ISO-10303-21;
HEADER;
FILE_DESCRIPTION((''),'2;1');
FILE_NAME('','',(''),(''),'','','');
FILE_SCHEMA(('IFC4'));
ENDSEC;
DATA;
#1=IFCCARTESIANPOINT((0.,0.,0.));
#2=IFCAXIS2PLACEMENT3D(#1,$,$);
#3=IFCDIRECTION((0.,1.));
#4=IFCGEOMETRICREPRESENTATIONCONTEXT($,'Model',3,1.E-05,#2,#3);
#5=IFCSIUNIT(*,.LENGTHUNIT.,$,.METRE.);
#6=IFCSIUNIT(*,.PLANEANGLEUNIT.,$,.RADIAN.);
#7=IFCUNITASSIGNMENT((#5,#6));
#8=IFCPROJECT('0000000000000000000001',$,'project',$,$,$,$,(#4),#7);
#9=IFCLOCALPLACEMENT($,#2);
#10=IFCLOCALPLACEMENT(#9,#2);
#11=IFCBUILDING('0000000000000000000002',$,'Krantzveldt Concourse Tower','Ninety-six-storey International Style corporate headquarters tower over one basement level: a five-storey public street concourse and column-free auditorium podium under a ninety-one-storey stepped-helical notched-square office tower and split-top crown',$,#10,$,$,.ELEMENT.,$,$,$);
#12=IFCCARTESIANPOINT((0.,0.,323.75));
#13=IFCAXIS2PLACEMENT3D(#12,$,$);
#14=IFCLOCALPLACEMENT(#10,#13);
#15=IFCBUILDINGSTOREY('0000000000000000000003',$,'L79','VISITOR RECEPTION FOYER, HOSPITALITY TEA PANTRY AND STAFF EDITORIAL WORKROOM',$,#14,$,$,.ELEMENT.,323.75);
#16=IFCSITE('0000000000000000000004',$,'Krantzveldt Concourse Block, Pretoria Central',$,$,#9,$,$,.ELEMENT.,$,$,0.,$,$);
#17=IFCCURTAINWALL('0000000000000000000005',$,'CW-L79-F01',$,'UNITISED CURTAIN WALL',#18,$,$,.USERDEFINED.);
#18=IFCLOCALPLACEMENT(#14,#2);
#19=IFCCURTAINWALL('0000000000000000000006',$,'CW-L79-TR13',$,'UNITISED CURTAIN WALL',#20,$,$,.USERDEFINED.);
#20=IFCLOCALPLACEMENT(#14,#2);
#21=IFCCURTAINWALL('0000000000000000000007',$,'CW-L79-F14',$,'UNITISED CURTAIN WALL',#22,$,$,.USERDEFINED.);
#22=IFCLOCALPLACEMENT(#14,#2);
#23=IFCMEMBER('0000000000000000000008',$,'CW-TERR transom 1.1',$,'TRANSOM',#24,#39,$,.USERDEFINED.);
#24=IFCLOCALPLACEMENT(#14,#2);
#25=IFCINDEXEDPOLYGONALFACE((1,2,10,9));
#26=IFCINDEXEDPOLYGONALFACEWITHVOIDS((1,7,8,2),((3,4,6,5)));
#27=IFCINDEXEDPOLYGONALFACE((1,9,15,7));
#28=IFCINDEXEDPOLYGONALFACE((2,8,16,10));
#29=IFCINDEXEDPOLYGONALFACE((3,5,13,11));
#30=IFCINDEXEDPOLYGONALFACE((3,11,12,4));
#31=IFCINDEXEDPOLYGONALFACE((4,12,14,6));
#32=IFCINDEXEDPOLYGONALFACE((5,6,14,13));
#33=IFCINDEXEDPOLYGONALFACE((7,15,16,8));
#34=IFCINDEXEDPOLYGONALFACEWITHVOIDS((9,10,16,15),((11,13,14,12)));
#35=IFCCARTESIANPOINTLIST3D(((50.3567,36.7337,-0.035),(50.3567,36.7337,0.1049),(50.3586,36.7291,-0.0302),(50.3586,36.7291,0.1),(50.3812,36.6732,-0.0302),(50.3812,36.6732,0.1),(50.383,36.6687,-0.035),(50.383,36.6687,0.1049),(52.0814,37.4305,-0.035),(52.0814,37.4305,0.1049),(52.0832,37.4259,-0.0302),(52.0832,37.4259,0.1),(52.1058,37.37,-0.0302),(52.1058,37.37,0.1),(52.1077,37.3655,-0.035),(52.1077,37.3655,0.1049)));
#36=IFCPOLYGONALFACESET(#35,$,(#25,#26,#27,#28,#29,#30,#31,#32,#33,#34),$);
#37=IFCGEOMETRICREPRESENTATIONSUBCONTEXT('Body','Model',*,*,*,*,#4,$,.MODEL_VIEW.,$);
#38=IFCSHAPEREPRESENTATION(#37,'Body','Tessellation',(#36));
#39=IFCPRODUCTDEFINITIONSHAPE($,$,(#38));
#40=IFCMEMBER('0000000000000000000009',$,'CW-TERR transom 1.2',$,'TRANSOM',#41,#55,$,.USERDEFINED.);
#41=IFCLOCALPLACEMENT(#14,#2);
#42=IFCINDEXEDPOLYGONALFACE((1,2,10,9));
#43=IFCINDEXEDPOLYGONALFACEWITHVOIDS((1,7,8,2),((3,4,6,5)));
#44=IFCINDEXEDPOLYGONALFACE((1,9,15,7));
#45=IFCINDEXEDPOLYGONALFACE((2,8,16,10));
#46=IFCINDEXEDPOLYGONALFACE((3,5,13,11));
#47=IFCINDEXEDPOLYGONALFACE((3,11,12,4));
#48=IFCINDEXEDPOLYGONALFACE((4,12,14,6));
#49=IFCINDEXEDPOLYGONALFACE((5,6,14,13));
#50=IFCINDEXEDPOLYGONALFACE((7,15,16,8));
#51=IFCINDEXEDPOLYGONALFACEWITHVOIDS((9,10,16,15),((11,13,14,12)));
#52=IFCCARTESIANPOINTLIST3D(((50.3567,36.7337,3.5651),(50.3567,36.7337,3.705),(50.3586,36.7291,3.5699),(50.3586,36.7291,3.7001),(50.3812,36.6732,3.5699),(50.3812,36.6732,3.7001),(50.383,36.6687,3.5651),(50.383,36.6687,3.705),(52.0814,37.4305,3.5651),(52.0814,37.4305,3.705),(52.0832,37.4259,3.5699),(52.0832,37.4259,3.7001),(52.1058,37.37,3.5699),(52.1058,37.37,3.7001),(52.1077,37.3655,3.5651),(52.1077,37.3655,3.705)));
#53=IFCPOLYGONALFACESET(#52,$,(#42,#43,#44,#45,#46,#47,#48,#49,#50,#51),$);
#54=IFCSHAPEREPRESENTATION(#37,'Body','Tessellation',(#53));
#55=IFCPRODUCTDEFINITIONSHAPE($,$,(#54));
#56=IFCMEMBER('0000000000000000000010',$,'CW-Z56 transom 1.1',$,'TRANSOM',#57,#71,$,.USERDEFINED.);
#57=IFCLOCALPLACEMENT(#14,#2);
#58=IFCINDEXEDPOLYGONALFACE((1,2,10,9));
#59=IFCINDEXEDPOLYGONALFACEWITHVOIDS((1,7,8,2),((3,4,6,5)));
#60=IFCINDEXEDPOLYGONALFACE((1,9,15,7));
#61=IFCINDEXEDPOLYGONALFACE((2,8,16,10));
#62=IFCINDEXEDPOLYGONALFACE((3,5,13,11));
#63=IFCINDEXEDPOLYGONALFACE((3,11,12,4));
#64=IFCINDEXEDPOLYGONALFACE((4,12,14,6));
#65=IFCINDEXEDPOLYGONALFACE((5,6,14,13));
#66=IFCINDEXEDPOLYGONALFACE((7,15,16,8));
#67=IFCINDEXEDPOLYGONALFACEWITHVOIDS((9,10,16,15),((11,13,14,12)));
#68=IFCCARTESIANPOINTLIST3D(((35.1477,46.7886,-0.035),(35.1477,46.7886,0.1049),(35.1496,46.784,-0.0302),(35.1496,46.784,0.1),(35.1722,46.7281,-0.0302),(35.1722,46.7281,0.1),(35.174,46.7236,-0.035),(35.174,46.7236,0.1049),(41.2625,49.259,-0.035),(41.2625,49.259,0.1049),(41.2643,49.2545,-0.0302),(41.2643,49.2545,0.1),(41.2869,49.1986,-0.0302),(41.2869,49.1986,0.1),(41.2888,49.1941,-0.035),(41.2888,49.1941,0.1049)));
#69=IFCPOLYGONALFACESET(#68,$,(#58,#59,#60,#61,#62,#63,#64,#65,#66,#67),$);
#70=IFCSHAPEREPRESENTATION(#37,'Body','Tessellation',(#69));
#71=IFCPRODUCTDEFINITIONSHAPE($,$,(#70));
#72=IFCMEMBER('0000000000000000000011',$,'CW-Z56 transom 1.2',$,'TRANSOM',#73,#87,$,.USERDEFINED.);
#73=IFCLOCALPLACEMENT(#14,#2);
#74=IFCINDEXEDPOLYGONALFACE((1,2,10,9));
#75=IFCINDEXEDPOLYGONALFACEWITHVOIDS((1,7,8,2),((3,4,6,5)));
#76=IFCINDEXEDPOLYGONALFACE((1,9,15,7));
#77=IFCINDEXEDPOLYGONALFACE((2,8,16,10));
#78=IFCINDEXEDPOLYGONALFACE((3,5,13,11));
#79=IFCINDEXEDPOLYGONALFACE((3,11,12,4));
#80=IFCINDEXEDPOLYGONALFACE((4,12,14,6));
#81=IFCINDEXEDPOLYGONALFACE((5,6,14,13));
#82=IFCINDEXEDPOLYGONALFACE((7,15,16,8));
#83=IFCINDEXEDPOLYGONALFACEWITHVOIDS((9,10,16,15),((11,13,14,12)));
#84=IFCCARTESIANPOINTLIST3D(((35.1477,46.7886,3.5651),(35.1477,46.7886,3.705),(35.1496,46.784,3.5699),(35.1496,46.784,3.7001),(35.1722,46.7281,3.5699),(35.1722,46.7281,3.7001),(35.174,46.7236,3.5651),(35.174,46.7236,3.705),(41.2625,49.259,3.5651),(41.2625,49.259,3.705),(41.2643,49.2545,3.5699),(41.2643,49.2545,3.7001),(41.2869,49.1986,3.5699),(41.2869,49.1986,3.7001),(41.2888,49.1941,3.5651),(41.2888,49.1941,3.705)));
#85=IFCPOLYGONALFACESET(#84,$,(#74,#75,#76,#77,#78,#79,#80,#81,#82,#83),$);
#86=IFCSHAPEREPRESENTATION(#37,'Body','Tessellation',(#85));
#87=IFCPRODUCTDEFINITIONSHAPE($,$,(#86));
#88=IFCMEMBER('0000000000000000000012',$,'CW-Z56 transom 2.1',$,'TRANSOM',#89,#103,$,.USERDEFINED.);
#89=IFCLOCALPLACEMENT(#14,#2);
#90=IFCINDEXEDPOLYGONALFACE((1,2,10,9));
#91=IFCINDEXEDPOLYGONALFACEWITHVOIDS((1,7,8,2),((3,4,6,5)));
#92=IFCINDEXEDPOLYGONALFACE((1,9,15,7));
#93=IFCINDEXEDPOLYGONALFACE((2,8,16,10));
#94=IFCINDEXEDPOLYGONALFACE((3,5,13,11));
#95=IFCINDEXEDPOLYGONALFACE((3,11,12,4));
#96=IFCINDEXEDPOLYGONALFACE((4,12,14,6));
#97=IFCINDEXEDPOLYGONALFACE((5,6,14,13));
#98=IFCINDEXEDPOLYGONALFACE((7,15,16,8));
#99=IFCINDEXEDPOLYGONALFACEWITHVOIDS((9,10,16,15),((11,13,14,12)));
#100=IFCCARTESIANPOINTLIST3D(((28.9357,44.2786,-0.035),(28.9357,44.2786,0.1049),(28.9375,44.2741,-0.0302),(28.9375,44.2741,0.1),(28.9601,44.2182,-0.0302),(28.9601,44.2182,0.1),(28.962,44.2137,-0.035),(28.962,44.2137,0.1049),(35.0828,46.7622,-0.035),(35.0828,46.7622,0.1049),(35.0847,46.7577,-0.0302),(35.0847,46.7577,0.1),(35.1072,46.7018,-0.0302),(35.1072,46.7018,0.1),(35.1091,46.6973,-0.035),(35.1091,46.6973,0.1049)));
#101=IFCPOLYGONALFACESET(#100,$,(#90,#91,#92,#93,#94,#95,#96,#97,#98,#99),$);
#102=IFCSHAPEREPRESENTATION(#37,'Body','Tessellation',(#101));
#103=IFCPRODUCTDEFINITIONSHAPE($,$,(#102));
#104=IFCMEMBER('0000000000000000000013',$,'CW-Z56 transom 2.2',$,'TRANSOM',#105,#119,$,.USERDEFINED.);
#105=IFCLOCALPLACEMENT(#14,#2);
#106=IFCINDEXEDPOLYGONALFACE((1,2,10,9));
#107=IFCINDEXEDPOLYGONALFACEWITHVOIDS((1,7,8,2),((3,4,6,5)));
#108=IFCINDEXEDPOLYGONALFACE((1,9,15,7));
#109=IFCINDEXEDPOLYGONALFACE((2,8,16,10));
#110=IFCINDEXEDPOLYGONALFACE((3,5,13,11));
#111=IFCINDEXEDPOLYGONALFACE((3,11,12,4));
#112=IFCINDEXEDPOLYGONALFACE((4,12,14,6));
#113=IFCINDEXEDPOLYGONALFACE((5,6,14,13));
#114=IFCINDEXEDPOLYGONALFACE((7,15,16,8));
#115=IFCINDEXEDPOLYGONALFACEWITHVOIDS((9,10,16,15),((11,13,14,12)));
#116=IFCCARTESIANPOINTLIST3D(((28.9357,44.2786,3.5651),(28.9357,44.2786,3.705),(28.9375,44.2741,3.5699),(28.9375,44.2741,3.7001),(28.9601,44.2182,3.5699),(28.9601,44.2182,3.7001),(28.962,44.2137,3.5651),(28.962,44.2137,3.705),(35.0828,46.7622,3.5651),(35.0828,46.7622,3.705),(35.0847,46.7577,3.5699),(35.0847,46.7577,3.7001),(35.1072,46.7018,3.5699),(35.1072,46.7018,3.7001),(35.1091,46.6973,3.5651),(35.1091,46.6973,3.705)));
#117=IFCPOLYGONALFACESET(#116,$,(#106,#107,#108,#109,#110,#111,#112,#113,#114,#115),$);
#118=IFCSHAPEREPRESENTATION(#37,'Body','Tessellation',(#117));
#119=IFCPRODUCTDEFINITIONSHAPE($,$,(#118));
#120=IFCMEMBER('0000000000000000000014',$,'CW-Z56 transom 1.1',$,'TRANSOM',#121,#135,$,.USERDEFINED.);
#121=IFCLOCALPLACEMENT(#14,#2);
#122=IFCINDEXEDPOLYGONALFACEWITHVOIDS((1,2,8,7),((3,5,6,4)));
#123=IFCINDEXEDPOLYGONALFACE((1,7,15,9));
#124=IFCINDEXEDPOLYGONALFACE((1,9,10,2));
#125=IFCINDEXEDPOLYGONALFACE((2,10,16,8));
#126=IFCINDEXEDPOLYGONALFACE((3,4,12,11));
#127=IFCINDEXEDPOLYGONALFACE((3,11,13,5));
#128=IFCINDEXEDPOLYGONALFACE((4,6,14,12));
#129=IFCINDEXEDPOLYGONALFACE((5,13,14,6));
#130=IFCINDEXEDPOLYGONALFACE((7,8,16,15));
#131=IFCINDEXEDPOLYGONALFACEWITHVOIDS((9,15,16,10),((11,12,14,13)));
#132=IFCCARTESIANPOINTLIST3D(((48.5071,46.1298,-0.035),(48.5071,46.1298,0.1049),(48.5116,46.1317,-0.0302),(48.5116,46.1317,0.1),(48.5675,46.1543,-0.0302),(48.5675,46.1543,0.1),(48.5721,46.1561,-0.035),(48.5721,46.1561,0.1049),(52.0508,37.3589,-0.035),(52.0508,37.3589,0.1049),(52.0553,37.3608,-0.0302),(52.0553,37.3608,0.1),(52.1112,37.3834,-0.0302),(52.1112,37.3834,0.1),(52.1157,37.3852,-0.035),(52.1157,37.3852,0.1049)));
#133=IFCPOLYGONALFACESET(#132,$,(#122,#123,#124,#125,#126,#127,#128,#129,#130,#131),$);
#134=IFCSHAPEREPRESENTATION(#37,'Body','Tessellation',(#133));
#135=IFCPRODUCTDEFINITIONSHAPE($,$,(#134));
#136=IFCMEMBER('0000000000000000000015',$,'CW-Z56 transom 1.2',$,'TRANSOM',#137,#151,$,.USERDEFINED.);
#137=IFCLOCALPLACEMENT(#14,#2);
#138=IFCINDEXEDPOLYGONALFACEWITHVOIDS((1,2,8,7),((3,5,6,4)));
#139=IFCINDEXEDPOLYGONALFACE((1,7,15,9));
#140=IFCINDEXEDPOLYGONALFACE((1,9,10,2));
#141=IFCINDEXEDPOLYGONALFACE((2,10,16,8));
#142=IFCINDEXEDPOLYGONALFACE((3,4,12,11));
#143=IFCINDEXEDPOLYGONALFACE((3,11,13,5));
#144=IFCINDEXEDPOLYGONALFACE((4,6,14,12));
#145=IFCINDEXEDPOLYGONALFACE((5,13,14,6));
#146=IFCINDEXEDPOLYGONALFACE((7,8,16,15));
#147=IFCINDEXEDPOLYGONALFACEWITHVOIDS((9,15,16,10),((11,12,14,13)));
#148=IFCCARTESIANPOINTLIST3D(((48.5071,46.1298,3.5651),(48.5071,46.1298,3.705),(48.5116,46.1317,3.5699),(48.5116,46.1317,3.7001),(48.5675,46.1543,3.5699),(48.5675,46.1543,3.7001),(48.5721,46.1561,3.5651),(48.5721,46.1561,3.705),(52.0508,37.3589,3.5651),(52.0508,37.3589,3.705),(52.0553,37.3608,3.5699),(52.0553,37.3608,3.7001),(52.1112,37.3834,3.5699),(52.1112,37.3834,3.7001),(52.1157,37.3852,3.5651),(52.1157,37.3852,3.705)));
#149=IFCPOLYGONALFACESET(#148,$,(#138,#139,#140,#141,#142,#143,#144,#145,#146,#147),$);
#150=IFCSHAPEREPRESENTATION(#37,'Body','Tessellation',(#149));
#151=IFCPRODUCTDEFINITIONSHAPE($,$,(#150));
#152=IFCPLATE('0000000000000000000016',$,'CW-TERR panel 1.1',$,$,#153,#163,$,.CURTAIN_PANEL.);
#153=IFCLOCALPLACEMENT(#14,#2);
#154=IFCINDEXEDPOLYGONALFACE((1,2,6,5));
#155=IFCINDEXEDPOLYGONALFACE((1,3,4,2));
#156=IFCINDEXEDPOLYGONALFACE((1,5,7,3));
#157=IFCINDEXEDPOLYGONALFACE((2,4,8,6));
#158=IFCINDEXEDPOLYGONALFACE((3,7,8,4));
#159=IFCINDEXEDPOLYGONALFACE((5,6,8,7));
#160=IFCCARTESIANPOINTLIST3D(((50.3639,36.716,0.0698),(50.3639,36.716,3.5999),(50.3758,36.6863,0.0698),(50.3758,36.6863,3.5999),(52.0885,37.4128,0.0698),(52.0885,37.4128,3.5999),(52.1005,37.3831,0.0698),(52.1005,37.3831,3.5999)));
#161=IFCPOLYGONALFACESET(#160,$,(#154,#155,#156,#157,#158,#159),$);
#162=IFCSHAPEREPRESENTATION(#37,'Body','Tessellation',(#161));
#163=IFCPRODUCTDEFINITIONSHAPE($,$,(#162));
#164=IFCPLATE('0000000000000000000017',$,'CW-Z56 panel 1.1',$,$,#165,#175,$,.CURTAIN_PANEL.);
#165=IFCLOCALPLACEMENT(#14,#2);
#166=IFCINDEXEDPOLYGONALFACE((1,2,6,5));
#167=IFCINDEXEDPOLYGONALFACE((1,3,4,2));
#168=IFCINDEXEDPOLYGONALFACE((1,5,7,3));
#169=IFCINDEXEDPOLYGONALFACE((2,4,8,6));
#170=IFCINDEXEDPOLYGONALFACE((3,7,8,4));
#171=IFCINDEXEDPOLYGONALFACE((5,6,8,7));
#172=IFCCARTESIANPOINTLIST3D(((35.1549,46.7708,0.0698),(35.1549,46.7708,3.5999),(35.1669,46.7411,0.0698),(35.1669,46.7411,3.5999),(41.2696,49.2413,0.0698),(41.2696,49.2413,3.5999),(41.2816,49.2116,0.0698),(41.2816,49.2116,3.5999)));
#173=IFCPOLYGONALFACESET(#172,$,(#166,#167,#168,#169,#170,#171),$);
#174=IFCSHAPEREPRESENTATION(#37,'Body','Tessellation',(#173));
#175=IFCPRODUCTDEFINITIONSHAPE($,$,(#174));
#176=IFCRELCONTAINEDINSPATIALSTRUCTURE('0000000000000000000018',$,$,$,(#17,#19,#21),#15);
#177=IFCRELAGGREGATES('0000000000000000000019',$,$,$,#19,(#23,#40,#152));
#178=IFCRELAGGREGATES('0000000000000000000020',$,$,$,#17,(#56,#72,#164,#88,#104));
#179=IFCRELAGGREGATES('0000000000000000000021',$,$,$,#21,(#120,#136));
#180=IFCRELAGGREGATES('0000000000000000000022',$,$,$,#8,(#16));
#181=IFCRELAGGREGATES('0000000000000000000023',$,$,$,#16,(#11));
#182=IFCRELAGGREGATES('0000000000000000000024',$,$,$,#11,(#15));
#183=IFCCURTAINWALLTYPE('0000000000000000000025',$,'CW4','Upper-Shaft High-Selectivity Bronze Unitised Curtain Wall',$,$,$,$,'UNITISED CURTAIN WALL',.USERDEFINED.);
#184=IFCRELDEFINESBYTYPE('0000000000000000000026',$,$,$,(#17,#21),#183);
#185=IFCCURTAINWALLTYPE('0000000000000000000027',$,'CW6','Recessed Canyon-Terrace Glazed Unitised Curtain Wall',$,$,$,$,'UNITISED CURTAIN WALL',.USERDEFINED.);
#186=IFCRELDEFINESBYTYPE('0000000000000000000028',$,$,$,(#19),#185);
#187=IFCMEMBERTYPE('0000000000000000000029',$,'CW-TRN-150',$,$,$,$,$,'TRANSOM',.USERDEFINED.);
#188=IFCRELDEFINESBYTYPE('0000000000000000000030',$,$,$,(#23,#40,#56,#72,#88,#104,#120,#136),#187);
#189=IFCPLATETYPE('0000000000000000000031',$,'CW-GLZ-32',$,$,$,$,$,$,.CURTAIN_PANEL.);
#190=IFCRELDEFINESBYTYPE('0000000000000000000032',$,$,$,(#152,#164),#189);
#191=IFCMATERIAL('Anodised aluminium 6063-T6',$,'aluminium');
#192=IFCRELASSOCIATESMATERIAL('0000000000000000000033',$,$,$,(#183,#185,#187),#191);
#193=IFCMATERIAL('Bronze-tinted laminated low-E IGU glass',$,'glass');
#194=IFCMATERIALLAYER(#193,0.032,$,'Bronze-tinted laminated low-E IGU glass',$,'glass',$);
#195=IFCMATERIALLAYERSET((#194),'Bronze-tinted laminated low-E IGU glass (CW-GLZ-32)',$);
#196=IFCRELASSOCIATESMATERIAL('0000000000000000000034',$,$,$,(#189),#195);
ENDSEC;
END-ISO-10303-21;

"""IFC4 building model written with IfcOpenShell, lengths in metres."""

from ifc_helpers import new_model, si_unit, direction, frame, origin, origin_2d, place, context, subcontext, project, spatial, rectangle, hollow_rectangle, extrude, source, transform, mapped, material, layer, layer_set, material_profile, profile_set, type_object, type_shapes, element, aggregate, save


model = new_model("IFC4")

# Units and contexts
model_context = context("Model", 3, precision=1e-05, world=origin(), true_north=direction((0.0, 1.0)))
body_context = subcontext(model_context, "Body", "Model", "MODEL_VIEW")
ifc_project = project(units=[si_unit("LENGTHUNIT", "METRE"), si_unit("PLANEANGLEUNIT", "RADIAN")], contexts=[model_context])

# Site, building, storey
site_placement = place(None, origin())
site = spatial("IfcSite", under=ifc_project, at=site_placement, Name="Krantzveldt Concourse Block, Pretoria Central", CompositionType="ELEMENT", RefElevation=0.0)
building_placement = place(site_placement, origin())
building = spatial("IfcBuilding", under=site, at=building_placement, Name="Krantzveldt Concourse Tower", Description="Ninety-six-storey International Style corporate headquarters tower over one basement level: a five-storey public street concourse and column-free auditorium podium under a ninety-one-storey stepped-helical notched-square office tower and split-top crown", CompositionType="ELEMENT")
storey_placement = place(building_placement, frame((0.0, 0.0, 323.75)))
storey = spatial("IfcBuildingStorey", under=building, at=storey_placement, Name="L79", Description="VISITOR RECEPTION FOYER, HOSPITALITY TEA PANTRY AND STAFF EDITORIAL WORKROOM", CompositionType="ELEMENT", Elevation=323.75)

# Curtain wall
ifc_material_1 = material(Name="Anodised aluminium 6063-T6", Category="aluminium")
curtain_wall_type_1 = type_object("IfcCurtainWallType", Name="CW4", Description="Upper-Shaft High-Selectivity Bronze Unitised Curtain Wall", ElementType="UNITISED CURTAIN WALL", PredefinedType="USERDEFINED", material=ifc_material_1)
curtain_wall_1_placement = place(storey_placement, origin())
curtain_wall_1 = element("IfcCurtainWall", 1, at=curtain_wall_1_placement, inside=storey, type_object=curtain_wall_type_1, Name="CW-L79-F01", ObjectType="UNITISED CURTAIN WALL", PredefinedType="USERDEFINED")

# Curtain wall
curtain_wall_type_2 = type_object("IfcCurtainWallType", Name="CW6", Description="Recessed Canyon-Terrace Glazed Unitised Curtain Wall", ElementType="UNITISED CURTAIN WALL", PredefinedType="USERDEFINED", material=ifc_material_1)
curtain_wall_2_placement = place(storey_placement, origin())
curtain_wall_2 = element("IfcCurtainWall", 2, at=curtain_wall_2_placement, inside=storey, type_object=curtain_wall_type_2, Name="CW-L79-TR13", ObjectType="UNITISED CURTAIN WALL", PredefinedType="USERDEFINED")

# Curtain wall
curtain_wall_3_placement = place(storey_placement, origin())
curtain_wall_3 = element("IfcCurtainWall", 3, at=curtain_wall_3_placement, inside=storey, type_object=curtain_wall_type_1, Name="CW-L79-F14", ObjectType="UNITISED CURTAIN WALL", PredefinedType="USERDEFINED")

# Members
ifc_material_profile_1 = material_profile(ifc_material_1, hollow_rectangle(XDim=0.0701, YDim=0.1399, WallThickness=0.0049, at=origin_2d()), Name="Anodised aluminium 6063-T6", Category="aluminium")
ifc_profile_set_1 = profile_set([ifc_material_profile_1], Name="Anodised aluminium 6063-T6 - ALU-TRAN 140x70x5")
member_type_1 = type_object("IfcMemberType", Name="CW-TRN-150", ElementType="TRANSOM", PredefinedType="USERDEFINED", material=ifc_profile_set_1)
shared_shape_1 = source(origin(), body_context, "Body", "SweptSolid", [
    extrude(hollow_rectangle(XDim=0.0701, YDim=0.1399, WallThickness=0.0049, at=origin_2d()), origin(), (0.0, 0.0, 1.0), 1.8601),
])
member_1_placement = place(storey_placement, frame((50.3699, 36.7012, 0.0349), z_axis=(0.927186, 0.374602, 0.0), x_axis=(-0.374602, 0.927186, 0.0)))
member_1 = element("IfcMember", 4, at=member_1_placement, type_object=member_type_1, Name="CW-TERR transom 1.1", ObjectType="TRANSOM", PredefinedType="USERDEFINED", context=body_context, shape_type="MappedRepresentation", body=[
    mapped(shared_shape_1, transform((0.0, 0.0, 0.0), x_axis=(1.0, 0.0, 0.0), y_axis=(0.0, 1.0, 0.0), z_axis=(0.0, 0.0, 1.0), scale=1.0)),
])
member_2_placement = place(storey_placement, frame((50.3699, 36.7012, 3.635), z_axis=(0.927186, 0.374602, 0.0), x_axis=(-0.374602, 0.927186, 0.0)))
member_2 = element("IfcMember", 5, at=member_2_placement, type_object=member_type_1, Name="CW-TERR transom 1.2", ObjectType="TRANSOM", PredefinedType="USERDEFINED", context=body_context, shape_type="MappedRepresentation", body=[
    mapped(shared_shape_1, transform((0.0, 0.0, 0.0), x_axis=(1.0, 0.0, 0.0), y_axis=(0.0, 1.0, 0.0), z_axis=(0.0, 0.0, 1.0), scale=1.0)),
])
shared_shape_2 = source(origin(), body_context, "Body", "SweptSolid", [
    extrude(hollow_rectangle(XDim=0.0701, YDim=0.1399, WallThickness=0.0049, at=origin_2d()), origin(), (0.0, 0.0, 1.0), 6.595),
])
member_3_placement = place(storey_placement, frame((41.2756, 49.2266, 0.0349), z_axis=(-0.927187, -0.374599, 0.0), x_axis=(0.374599, -0.927187, 0.0)))
member_3 = element("IfcMember", 6, at=member_3_placement, type_object=member_type_1, Name="CW-Z56 transom 1.1", ObjectType="TRANSOM", PredefinedType="USERDEFINED", context=body_context, shape_type="MappedRepresentation", body=[
    mapped(shared_shape_2, transform((0.0, 0.0, 0.0), x_axis=(1.0, 0.0, 0.0), y_axis=(0.0, 1.0, 0.0), z_axis=(0.0, 0.0, 1.0), scale=1.0)),
])
member_4_placement = place(storey_placement, frame((41.2756, 49.2266, 3.635), z_axis=(-0.927187, -0.374599, 0.0), x_axis=(0.374599, -0.927187, 0.0)))
member_4 = element("IfcMember", 7, at=member_4_placement, type_object=member_type_1, Name="CW-Z56 transom 1.2", ObjectType="TRANSOM", PredefinedType="USERDEFINED", context=body_context, shape_type="MappedRepresentation", body=[
    mapped(shared_shape_2, transform((0.0, 0.0, 0.0), x_axis=(1.0, 0.0, 0.0), y_axis=(0.0, 1.0, 0.0), z_axis=(0.0, 0.0, 1.0), scale=1.0)),
])
shared_shape_3 = source(origin(), body_context, "Body", "SweptSolid", [
    extrude(hollow_rectangle(XDim=0.0701, YDim=0.1399, WallThickness=0.0049, at=origin_2d()), origin(), (0.0, 0.0, 1.0), 6.6299),
])
member_5_placement = place(storey_placement, frame((35.0959, 46.7297, 0.0349), z_axis=(-0.927184, -0.374607, 0.0), x_axis=(0.374607, -0.927184, 0.0)))
member_5 = element("IfcMember", 8, at=member_5_placement, type_object=member_type_1, Name="CW-Z56 transom 2.1", ObjectType="TRANSOM", PredefinedType="USERDEFINED", context=body_context, shape_type="MappedRepresentation", body=[
    mapped(shared_shape_3, transform((0.0, 0.0, 0.0), x_axis=(1.0, 0.0, 0.0), y_axis=(0.0, 1.0, 0.0), z_axis=(0.0, 0.0, 1.0), scale=1.0)),
])
member_6_placement = place(storey_placement, frame((35.0959, 46.7297, 3.635), z_axis=(-0.927184, -0.374607, 0.0), x_axis=(0.374607, -0.927184, 0.0)))
member_6 = element("IfcMember", 9, at=member_6_placement, type_object=member_type_1, Name="CW-Z56 transom 2.2", ObjectType="TRANSOM", PredefinedType="USERDEFINED", context=body_context, shape_type="MappedRepresentation", body=[
    mapped(shared_shape_3, transform((0.0, 0.0, 0.0), x_axis=(1.0, 0.0, 0.0), y_axis=(0.0, 1.0, 0.0), z_axis=(0.0, 0.0, 1.0), scale=1.0)),
])
shared_shape_4 = source(origin(), body_context, "Body", "SweptSolid", [
    extrude(hollow_rectangle(XDim=0.0701, YDim=0.1399, WallThickness=0.0049, at=origin_2d()), origin(), (0.0, 0.0, 1.0), 9.4597),
])
type_shapes(member_type_1, [shared_shape_1, shared_shape_2, shared_shape_3, shared_shape_4])
member_7_placement = place(storey_placement, frame((52.0833, 37.3721, 0.0349), z_axis=(-0.374606, 0.927184, 0.0), x_axis=(-0.927184, -0.374606, 0.0)))
member_7 = element("IfcMember", 10, at=member_7_placement, type_object=member_type_1, Name="CW-Z56 transom 1.1", ObjectType="TRANSOM", PredefinedType="USERDEFINED", context=body_context, shape_type="MappedRepresentation", body=[
    mapped(shared_shape_4, transform((0.0, 0.0, 0.0), x_axis=(1.0, 0.0, 0.0), y_axis=(0.0, 1.0, 0.0), z_axis=(0.0, 0.0, 1.0), scale=1.0)),
])
member_8_placement = place(storey_placement, frame((52.0833, 37.3721, 3.635), z_axis=(-0.374606, 0.927184, 0.0), x_axis=(-0.927184, -0.374606, 0.0)))
member_8 = element("IfcMember", 11, at=member_8_placement, type_object=member_type_1, Name="CW-Z56 transom 1.2", ObjectType="TRANSOM", PredefinedType="USERDEFINED", context=body_context, shape_type="MappedRepresentation", body=[
    mapped(shared_shape_4, transform((0.0, 0.0, 0.0), x_axis=(1.0, 0.0, 0.0), y_axis=(0.0, 1.0, 0.0), z_axis=(0.0, 0.0, 1.0), scale=1.0)),
])

# Plates
ifc_material_2 = material(Name="Bronze-tinted laminated low-E IGU glass", Category="glass")
ifc_layer_1 = layer(ifc_material_2, 0.032, Name="Bronze-tinted laminated low-E IGU glass", Category="glass")
ifc_layer_set_1 = layer_set([ifc_layer_1], Name="Bronze-tinted laminated low-E IGU glass (CW-GLZ-32)")
plate_type = type_object("IfcPlateType", Name="CW-GLZ-32", PredefinedType="CURTAIN_PANEL", material=ifc_layer_set_1)
shared_shape_5 = source(origin(), body_context, "Body", "SweptSolid", [
    extrude(rectangle(XDim=1.8601, YDim=0.032, at=origin_2d()), origin(), (0.0, 0.0, 1.0), 3.53),
])
plate_1_placement = place(storey_placement, frame((51.2322, 37.0496, 0.0698), z_axis=(0.0, 0.0, 1.0), x_axis=(0.927185, 0.374605, 0.0)))
plate_1 = element("IfcPlate", 12, at=plate_1_placement, type_object=plate_type, Name="CW-TERR panel 1.1", PredefinedType="CURTAIN_PANEL", context=body_context, shape_type="MappedRepresentation", body=[
    mapped(shared_shape_5, transform((0.0, 0.0, 0.0), x_axis=(1.0, 0.0, 0.0), y_axis=(0.0, 1.0, 0.0), z_axis=(0.0, 0.0, 1.0), scale=1.0)),
])
aggregate(curtain_wall_2, [member_1, member_2, plate_1])
shared_shape_6 = source(origin(), body_context, "Body", "SweptSolid", [
    extrude(rectangle(XDim=6.595, YDim=0.032, at=origin_2d()), origin(), (0.0, 0.0, 1.0), 3.53),
])
plate_2_placement = place(storey_placement, frame((38.2183, 47.9912, 0.0698), z_axis=(0.0, 0.0, 1.0), x_axis=(-0.927184, -0.374607, 0.0)))
plate_2 = element("IfcPlate", 13, at=plate_2_placement, type_object=plate_type, Name="CW-Z56 panel 1.1", PredefinedType="CURTAIN_PANEL", context=body_context, shape_type="MappedRepresentation", body=[
    mapped(shared_shape_6, transform((0.0, 0.0, 0.0), x_axis=(1.0, 0.0, 0.0), y_axis=(0.0, 1.0, 0.0), z_axis=(0.0, 0.0, 1.0), scale=1.0)),
])
aggregate(curtain_wall_1, [member_3, member_4, plate_2, member_5, member_6])
aggregate(curtain_wall_3, [member_7, member_8])

save(model, "model.ifc")
